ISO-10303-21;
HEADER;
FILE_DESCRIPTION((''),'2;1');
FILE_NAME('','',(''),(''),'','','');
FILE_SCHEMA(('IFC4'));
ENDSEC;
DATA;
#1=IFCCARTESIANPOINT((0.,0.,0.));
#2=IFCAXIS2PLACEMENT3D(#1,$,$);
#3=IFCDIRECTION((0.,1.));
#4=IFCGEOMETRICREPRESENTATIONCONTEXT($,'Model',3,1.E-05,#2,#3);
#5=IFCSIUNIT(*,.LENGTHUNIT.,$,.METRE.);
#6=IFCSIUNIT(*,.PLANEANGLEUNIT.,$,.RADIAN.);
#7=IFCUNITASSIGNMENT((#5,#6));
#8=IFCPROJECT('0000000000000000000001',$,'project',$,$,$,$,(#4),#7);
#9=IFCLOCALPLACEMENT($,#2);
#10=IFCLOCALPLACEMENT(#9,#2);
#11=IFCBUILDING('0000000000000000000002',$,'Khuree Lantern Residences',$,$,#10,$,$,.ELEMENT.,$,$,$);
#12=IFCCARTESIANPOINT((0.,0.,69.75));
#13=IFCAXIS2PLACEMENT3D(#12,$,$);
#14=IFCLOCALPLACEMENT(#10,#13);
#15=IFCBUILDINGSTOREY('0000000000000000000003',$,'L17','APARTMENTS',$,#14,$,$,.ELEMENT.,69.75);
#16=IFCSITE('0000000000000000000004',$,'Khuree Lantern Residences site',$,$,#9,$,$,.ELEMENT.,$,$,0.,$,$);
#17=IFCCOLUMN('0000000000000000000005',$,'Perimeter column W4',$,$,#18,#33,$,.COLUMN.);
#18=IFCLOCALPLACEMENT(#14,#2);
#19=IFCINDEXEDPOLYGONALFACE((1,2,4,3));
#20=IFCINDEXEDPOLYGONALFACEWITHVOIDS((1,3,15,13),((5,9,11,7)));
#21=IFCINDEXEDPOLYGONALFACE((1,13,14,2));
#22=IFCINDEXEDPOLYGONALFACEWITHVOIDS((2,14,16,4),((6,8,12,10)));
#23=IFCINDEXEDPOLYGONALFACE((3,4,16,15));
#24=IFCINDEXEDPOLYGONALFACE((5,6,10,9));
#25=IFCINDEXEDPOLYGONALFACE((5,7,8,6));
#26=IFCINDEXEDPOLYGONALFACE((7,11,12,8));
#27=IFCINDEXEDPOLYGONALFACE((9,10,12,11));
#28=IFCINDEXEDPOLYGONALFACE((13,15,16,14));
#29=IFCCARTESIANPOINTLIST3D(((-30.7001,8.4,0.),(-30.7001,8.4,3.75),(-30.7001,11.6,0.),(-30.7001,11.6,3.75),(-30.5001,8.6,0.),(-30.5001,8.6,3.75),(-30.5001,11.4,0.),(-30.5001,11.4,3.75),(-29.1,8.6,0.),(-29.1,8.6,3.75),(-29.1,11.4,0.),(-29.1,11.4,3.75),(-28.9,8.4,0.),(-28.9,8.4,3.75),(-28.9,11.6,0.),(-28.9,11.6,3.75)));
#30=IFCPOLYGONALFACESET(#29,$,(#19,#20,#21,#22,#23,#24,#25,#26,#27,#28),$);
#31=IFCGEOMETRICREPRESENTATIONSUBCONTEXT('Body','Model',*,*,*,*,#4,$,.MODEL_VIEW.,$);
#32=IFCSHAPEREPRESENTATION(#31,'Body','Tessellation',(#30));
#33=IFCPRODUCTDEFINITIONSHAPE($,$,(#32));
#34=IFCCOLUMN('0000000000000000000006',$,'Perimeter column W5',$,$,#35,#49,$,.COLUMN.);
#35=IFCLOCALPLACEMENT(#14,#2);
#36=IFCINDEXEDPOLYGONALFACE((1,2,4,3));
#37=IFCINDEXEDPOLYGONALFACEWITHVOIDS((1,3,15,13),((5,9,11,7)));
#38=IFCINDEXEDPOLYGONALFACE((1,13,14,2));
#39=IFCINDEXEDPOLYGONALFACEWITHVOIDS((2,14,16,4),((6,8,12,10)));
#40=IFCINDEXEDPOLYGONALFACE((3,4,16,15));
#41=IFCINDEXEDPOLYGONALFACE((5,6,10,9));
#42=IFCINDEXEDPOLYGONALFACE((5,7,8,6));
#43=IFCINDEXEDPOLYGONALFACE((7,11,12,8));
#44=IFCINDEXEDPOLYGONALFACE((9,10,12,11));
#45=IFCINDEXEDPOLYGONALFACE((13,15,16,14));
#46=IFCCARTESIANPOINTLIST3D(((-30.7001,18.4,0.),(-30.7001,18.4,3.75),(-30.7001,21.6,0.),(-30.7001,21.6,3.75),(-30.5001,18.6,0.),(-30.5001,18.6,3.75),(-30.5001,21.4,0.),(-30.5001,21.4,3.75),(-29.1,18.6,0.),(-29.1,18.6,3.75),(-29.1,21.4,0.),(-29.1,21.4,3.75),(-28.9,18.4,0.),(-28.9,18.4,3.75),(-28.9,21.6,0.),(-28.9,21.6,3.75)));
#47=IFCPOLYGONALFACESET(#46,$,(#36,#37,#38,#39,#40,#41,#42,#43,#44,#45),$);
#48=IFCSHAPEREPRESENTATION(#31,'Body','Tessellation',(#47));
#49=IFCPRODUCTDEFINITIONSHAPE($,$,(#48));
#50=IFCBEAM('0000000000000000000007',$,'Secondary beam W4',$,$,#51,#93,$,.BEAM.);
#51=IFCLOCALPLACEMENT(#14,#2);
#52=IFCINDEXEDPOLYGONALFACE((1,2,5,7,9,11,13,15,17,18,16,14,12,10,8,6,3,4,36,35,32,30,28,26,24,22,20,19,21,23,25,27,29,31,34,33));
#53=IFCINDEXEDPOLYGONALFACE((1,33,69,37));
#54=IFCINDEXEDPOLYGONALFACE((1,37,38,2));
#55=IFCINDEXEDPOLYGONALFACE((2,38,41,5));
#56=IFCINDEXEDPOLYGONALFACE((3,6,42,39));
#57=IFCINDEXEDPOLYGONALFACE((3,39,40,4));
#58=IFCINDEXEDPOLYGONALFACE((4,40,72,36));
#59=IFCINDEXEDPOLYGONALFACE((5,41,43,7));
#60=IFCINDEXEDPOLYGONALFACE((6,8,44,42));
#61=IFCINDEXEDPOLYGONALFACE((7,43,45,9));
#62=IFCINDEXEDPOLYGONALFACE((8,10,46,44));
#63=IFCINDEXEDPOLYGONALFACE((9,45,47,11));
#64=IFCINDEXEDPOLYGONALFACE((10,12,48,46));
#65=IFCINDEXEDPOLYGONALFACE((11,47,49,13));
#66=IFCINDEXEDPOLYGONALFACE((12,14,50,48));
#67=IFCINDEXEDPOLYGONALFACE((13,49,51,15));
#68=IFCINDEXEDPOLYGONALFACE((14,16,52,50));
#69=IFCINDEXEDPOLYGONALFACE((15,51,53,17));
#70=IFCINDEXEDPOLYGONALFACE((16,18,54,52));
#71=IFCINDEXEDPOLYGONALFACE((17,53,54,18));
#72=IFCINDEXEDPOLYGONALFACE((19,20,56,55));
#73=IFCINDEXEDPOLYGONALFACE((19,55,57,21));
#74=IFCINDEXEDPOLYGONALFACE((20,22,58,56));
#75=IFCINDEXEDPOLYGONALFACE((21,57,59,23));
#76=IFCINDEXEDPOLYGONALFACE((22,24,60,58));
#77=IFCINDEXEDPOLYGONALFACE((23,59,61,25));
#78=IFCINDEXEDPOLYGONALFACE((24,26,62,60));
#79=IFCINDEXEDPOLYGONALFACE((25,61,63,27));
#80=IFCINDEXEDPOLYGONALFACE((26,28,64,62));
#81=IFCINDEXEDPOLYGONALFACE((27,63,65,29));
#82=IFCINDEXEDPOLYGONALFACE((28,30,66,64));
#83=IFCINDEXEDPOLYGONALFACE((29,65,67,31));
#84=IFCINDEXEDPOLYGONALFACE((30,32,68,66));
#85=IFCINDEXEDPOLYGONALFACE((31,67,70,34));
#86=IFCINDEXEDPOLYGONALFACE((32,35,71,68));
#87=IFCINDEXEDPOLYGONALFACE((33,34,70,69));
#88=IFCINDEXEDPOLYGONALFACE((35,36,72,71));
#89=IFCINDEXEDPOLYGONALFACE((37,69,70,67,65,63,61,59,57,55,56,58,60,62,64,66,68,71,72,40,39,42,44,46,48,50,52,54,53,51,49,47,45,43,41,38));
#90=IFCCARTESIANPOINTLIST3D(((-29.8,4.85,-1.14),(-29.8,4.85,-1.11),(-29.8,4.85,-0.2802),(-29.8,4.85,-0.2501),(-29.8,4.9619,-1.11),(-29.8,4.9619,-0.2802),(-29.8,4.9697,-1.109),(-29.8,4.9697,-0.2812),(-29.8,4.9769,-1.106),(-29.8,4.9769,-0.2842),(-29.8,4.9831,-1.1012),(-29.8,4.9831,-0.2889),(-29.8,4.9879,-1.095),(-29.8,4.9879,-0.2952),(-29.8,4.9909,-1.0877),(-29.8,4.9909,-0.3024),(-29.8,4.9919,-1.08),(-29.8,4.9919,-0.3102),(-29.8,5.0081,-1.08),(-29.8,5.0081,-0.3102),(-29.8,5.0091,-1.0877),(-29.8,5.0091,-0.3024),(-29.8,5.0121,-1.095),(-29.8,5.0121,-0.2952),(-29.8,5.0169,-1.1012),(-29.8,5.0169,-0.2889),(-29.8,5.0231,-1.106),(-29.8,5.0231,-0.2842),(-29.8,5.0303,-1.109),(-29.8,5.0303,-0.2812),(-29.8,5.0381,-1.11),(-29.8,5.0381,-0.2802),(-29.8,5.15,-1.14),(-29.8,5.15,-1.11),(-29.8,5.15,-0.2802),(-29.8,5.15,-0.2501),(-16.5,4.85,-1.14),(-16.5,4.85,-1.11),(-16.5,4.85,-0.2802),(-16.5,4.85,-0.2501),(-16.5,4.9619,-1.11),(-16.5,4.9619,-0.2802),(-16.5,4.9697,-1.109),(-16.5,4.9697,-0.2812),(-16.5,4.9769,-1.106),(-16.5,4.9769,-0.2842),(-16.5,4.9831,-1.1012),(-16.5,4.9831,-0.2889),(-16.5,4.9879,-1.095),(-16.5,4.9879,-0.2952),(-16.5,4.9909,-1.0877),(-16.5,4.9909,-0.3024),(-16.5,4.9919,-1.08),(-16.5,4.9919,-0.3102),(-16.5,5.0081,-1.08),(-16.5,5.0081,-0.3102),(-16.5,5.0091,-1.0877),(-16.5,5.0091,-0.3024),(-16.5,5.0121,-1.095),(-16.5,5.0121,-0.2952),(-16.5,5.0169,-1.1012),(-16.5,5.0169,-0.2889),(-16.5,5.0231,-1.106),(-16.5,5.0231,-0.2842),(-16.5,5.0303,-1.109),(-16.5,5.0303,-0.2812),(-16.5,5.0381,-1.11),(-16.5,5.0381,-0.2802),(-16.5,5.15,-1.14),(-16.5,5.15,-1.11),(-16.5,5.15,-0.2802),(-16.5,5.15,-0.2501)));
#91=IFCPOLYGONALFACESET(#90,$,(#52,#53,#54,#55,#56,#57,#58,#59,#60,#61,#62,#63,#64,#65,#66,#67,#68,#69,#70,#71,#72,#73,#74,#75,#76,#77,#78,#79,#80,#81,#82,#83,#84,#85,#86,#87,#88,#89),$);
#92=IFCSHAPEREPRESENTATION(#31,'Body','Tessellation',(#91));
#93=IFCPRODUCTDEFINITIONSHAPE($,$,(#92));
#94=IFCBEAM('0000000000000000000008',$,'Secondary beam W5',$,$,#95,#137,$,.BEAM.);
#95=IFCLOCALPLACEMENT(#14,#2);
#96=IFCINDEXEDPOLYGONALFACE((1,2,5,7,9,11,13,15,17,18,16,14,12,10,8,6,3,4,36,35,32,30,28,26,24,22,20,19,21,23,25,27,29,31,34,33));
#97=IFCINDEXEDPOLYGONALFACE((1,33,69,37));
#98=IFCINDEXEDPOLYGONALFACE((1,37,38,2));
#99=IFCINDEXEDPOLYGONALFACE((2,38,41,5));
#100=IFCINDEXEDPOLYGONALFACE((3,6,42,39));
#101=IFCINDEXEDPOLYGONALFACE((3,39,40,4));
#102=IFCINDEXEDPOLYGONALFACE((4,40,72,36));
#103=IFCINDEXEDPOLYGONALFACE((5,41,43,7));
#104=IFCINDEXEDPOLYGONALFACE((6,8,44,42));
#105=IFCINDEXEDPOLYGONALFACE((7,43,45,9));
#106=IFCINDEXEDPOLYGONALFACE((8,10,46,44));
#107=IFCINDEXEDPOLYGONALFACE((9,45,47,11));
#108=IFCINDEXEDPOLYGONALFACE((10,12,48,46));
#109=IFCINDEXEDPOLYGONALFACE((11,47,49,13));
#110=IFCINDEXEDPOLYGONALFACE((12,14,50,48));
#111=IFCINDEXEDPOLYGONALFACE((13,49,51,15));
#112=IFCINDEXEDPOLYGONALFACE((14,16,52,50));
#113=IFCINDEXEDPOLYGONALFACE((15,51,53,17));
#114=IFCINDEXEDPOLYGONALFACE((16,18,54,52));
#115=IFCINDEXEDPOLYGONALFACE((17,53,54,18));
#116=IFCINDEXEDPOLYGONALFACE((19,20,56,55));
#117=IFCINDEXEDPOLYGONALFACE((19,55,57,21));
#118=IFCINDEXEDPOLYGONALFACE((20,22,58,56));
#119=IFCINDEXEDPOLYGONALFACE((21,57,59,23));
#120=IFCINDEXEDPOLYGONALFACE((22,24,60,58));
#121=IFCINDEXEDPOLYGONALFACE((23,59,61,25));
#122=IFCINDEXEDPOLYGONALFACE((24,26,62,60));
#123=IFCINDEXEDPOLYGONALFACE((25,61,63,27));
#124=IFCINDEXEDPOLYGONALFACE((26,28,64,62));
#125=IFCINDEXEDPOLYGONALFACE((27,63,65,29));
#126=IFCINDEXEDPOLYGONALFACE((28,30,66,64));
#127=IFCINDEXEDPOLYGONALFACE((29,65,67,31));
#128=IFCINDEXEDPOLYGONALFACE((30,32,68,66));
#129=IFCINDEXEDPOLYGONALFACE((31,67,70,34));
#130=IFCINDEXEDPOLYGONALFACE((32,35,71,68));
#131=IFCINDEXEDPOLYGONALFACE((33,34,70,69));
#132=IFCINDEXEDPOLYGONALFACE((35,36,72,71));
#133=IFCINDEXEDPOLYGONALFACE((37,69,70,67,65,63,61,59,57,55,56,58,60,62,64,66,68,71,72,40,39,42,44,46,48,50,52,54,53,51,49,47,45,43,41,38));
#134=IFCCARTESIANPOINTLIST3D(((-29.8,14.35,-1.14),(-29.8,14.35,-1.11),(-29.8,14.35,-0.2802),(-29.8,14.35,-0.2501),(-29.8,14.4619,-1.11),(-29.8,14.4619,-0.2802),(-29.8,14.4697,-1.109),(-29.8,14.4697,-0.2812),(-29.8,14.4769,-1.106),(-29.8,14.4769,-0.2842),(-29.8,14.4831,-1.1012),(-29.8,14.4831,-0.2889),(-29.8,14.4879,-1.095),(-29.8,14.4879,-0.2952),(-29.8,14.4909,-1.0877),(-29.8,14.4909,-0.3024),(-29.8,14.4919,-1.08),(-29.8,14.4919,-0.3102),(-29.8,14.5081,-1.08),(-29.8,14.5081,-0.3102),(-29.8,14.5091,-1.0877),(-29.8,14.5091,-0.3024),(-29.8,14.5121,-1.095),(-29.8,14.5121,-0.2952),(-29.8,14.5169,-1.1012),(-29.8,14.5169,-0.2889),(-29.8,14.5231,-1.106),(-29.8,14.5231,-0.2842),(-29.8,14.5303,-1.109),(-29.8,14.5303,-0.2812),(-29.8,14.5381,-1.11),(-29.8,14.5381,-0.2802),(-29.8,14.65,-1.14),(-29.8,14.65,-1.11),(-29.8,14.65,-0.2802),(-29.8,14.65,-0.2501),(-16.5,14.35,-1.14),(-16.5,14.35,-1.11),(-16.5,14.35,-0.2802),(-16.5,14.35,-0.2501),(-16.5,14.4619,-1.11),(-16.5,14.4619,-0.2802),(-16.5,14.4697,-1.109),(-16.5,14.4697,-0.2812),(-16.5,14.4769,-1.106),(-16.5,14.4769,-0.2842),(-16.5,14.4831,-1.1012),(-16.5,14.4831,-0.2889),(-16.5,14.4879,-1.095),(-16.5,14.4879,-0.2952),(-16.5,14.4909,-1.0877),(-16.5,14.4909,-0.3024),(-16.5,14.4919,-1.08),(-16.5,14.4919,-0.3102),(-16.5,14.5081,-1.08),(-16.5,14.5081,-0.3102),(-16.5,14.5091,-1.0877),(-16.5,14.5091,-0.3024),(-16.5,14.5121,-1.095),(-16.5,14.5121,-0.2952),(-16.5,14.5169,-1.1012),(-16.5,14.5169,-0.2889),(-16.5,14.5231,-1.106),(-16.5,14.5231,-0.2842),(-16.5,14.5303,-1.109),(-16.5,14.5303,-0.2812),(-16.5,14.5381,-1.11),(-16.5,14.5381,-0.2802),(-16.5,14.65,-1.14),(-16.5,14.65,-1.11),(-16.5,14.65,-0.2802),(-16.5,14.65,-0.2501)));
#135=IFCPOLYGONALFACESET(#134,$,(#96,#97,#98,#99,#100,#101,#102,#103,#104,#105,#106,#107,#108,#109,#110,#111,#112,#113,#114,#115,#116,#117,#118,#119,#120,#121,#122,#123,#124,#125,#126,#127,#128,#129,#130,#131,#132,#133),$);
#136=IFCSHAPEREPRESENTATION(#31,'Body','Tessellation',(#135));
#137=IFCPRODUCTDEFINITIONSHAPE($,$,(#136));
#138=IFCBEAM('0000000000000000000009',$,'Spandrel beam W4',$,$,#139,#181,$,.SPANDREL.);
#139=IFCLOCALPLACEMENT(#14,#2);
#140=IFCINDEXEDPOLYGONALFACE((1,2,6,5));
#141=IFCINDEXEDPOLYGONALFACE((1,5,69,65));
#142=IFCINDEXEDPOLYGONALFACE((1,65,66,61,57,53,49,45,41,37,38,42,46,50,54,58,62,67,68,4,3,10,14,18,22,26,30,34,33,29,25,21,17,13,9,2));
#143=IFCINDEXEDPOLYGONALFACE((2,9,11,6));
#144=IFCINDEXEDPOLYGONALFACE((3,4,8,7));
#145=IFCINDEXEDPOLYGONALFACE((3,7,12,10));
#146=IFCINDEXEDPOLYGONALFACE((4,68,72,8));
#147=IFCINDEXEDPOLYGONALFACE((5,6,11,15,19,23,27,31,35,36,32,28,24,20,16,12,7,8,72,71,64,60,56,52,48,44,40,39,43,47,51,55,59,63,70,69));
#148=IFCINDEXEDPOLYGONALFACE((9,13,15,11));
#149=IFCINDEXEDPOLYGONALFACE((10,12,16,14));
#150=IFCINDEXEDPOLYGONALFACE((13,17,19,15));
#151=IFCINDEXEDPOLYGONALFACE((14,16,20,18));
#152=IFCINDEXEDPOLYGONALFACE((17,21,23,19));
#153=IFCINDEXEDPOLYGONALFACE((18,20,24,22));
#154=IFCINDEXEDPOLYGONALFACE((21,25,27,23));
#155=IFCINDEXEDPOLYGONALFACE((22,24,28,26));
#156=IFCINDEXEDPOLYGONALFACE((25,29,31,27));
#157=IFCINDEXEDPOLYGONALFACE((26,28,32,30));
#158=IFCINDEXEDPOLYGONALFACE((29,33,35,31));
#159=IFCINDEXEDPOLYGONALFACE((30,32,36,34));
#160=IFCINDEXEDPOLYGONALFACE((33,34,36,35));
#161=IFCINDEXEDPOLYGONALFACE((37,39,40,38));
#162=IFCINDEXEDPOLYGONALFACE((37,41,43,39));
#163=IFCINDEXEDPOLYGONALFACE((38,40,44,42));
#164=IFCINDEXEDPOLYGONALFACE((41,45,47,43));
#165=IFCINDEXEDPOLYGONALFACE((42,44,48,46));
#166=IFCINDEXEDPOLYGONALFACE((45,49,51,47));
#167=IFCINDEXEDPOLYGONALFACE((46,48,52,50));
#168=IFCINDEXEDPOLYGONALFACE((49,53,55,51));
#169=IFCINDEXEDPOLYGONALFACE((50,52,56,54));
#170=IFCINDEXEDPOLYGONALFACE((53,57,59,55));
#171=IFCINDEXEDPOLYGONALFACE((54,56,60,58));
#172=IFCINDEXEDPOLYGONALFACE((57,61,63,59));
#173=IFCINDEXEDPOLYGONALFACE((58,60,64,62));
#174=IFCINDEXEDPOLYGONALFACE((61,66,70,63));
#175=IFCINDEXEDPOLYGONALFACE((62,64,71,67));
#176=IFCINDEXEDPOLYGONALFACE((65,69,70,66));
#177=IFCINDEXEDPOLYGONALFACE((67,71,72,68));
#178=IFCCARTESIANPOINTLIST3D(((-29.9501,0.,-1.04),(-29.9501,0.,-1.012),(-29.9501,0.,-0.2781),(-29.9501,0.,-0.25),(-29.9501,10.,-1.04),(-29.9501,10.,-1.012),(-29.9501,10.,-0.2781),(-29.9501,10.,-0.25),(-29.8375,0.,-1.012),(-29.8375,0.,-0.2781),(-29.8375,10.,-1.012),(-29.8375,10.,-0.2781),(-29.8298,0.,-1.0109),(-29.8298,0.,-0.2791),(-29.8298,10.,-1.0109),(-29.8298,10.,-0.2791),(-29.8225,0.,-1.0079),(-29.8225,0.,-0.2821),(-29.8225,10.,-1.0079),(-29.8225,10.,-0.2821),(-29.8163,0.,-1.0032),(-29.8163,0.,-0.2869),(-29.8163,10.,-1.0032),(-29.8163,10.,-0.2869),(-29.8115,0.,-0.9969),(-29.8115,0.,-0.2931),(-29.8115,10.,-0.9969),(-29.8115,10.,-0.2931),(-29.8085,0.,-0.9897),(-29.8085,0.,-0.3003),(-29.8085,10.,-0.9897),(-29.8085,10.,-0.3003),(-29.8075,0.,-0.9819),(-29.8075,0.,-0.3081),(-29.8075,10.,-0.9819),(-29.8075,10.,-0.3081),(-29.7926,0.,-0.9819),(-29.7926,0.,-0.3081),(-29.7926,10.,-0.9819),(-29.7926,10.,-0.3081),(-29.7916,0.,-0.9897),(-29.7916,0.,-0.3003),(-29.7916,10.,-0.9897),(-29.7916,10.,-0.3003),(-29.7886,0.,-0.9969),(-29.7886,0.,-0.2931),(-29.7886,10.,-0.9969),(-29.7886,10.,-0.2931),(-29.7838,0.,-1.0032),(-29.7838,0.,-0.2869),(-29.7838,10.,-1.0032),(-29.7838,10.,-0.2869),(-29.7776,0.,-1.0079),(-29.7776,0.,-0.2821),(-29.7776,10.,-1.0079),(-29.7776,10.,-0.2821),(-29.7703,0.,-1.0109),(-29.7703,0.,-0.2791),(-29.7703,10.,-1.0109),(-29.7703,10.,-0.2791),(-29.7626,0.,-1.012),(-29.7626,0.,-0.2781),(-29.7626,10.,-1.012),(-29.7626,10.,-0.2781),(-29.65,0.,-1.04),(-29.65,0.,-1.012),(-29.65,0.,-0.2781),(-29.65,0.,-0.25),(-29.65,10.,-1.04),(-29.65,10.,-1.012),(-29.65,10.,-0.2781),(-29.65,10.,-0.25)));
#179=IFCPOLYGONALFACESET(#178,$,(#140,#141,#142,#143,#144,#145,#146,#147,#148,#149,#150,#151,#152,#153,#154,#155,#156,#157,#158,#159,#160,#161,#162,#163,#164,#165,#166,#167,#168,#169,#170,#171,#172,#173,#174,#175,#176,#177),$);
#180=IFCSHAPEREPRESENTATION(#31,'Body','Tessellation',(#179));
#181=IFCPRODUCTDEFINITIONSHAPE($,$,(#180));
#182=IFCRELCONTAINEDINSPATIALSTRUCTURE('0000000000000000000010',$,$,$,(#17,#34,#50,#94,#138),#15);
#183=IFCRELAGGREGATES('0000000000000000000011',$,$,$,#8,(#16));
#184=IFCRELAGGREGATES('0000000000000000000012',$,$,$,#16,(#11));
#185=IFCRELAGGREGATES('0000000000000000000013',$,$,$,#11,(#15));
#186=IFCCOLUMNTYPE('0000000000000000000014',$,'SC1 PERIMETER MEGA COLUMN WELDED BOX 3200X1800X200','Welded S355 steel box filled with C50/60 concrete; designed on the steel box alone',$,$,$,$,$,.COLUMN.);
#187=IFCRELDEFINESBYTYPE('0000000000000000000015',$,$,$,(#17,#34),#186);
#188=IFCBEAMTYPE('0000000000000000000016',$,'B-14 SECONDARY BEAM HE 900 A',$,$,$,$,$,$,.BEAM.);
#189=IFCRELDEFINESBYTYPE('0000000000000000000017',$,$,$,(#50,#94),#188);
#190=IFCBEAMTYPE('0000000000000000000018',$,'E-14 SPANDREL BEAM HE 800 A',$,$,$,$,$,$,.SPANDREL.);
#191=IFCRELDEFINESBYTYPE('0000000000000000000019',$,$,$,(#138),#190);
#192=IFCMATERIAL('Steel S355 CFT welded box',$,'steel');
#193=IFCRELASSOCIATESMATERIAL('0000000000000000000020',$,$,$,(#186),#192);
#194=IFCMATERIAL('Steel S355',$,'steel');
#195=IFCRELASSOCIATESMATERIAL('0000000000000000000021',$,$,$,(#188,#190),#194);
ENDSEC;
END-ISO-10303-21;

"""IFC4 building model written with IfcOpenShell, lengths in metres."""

from ifc_helpers import new_model, si_unit, direction, frame, origin, origin_2d, place, context, subcontext, project, spatial, hollow_rectangle, i_section, extrude, material, material_profile, profile_set, type_object, element, save


model = new_model("IFC4")

# Units and contexts
model_context = context("Model", 3, precision=1e-05, world=origin(), true_north=direction((0.0, 1.0)))
body_context = subcontext(model_context, "Body", "Model", "MODEL_VIEW")
ifc_project = project(units=[si_unit("LENGTHUNIT", "METRE"), si_unit("PLANEANGLEUNIT", "RADIAN")], contexts=[model_context])

# Site, building, storey
site_placement = place(None, origin())
site = spatial("IfcSite", under=ifc_project, at=site_placement, Name="Khuree Lantern Residences site", CompositionType="ELEMENT", RefElevation=0.0)
building_placement = place(site_placement, origin())
building = spatial("IfcBuilding", under=site, at=building_placement, Name="Khuree Lantern Residences", CompositionType="ELEMENT")
storey_placement = place(building_placement, frame((0.0, 0.0, 69.75)))
storey = spatial("IfcBuildingStorey", under=building, at=storey_placement, Name="L17", Description="APARTMENTS", CompositionType="ELEMENT", Elevation=69.75)

# Columns
ifc_material_1 = material(Name="Steel S355 CFT welded box", Category="steel")
ifc_material_profile_1 = material_profile(ifc_material_1, hollow_rectangle(XDim=3.2, YDim=1.8, WallThickness=0.2, at=origin_2d()), Name="WELDED BOX 3200X1800X200")
ifc_profile_set_1 = profile_set([ifc_material_profile_1], Name="Steel S355 CFT welded box")
column_type = type_object("IfcColumnType", Name="SC1 PERIMETER MEGA COLUMN WELDED BOX 3200X1800X200", Description="Welded S355 steel box filled with C50/60 concrete; designed on the steel box alone", PredefinedType="COLUMN", material=ifc_profile_set_1)
for number, where, z_axis, x_axis, name in (
    (1, (-29.8, 10.0, 0.0), (0.0, 0.0, 1.0), (0.0, 1.0, 0.0), "Perimeter column W4"),
    (2, (-29.8, 20.0, 0.0), (0.0, 0.0, 1.0), (0.0, 1.0, 0.0), "Perimeter column W5"),
):
    element("IfcColumn", number, at=place(storey_placement, frame(where, z_axis=z_axis, x_axis=x_axis)), inside=storey, type_object=column_type, Name=name, PredefinedType="COLUMN", context=body_context, shape_type="SweptSolid", body=[
        extrude(hollow_rectangle(XDim=3.2, YDim=1.8, WallThickness=0.2, at=origin_2d()), origin(), (0.0, 0.0, 1.0), 3.75),
    ])

# Beams
ifc_material_2 = material(Name="Steel S355", Category="steel")
ifc_material_profile_2 = material_profile(ifc_material_2, i_section(OverallWidth=0.3, OverallDepth=0.8899, WebThickness=0.0161, FlangeThickness=0.03, FilletRadius=0.03, at=origin_2d()), Name="HE 900 A")
ifc_profile_set_2 = profile_set([ifc_material_profile_2], Name="Steel S355")
beam_type_1 = type_object("IfcBeamType", Name="B-14 SECONDARY BEAM HE 900 A", PredefinedType="BEAM", material=ifc_profile_set_2)
for number, where, z_axis, x_axis, name in (
    (3, (-29.8, 5.0, -0.6951), (1.0, 0.0, 0.0), (0.0, 1.0, 0.0), "Secondary beam W4"),
    (4, (-29.8, 14.5, -0.6951), (1.0, 0.0, 0.0), (0.0, 1.0, 0.0), "Secondary beam W5"),
):
    element("IfcBeam", number, at=place(storey_placement, frame(where, z_axis=z_axis, x_axis=x_axis)), inside=storey, type_object=beam_type_1, Name=name, PredefinedType="BEAM", context=body_context, shape_type="SweptSolid", body=[
        extrude(i_section(OverallWidth=0.3, OverallDepth=0.8899, WebThickness=0.0161, FlangeThickness=0.03, FilletRadius=0.03, at=origin_2d()), origin(), (0.0, 0.0, 1.0), 13.3),
    ])
ifc_material_profile_3 = material_profile(ifc_material_2, i_section(OverallWidth=0.3, OverallDepth=0.79, WebThickness=0.0149, FlangeThickness=0.0281, FilletRadius=0.03, at=origin_2d()), Name="HE 800 A")
ifc_profile_set_3 = profile_set([ifc_material_profile_3], Name="Steel S355")
beam_type_2 = type_object("IfcBeamType", Name="E-14 SPANDREL BEAM HE 800 A", PredefinedType="SPANDREL", material=ifc_profile_set_3)
for number, where, z_axis, x_axis, name in (
    (5, (-29.8, 0.0, -0.645), (0.0, 1.0, 0.0), (-1.0, 0.0, 0.0), "Spandrel beam W4"),
):
    element("IfcBeam", number, at=place(storey_placement, frame(where, z_axis=z_axis, x_axis=x_axis)), inside=storey, type_object=beam_type_2, Name=name, PredefinedType="SPANDREL", context=body_context, shape_type="SweptSolid", body=[
        extrude(i_section(OverallWidth=0.3, OverallDepth=0.79, WebThickness=0.0149, FlangeThickness=0.0281, FilletRadius=0.03, at=origin_2d()), origin(), (0.0, 0.0, 1.0), 10.0),
    ])

save(model, "model.ifc")
